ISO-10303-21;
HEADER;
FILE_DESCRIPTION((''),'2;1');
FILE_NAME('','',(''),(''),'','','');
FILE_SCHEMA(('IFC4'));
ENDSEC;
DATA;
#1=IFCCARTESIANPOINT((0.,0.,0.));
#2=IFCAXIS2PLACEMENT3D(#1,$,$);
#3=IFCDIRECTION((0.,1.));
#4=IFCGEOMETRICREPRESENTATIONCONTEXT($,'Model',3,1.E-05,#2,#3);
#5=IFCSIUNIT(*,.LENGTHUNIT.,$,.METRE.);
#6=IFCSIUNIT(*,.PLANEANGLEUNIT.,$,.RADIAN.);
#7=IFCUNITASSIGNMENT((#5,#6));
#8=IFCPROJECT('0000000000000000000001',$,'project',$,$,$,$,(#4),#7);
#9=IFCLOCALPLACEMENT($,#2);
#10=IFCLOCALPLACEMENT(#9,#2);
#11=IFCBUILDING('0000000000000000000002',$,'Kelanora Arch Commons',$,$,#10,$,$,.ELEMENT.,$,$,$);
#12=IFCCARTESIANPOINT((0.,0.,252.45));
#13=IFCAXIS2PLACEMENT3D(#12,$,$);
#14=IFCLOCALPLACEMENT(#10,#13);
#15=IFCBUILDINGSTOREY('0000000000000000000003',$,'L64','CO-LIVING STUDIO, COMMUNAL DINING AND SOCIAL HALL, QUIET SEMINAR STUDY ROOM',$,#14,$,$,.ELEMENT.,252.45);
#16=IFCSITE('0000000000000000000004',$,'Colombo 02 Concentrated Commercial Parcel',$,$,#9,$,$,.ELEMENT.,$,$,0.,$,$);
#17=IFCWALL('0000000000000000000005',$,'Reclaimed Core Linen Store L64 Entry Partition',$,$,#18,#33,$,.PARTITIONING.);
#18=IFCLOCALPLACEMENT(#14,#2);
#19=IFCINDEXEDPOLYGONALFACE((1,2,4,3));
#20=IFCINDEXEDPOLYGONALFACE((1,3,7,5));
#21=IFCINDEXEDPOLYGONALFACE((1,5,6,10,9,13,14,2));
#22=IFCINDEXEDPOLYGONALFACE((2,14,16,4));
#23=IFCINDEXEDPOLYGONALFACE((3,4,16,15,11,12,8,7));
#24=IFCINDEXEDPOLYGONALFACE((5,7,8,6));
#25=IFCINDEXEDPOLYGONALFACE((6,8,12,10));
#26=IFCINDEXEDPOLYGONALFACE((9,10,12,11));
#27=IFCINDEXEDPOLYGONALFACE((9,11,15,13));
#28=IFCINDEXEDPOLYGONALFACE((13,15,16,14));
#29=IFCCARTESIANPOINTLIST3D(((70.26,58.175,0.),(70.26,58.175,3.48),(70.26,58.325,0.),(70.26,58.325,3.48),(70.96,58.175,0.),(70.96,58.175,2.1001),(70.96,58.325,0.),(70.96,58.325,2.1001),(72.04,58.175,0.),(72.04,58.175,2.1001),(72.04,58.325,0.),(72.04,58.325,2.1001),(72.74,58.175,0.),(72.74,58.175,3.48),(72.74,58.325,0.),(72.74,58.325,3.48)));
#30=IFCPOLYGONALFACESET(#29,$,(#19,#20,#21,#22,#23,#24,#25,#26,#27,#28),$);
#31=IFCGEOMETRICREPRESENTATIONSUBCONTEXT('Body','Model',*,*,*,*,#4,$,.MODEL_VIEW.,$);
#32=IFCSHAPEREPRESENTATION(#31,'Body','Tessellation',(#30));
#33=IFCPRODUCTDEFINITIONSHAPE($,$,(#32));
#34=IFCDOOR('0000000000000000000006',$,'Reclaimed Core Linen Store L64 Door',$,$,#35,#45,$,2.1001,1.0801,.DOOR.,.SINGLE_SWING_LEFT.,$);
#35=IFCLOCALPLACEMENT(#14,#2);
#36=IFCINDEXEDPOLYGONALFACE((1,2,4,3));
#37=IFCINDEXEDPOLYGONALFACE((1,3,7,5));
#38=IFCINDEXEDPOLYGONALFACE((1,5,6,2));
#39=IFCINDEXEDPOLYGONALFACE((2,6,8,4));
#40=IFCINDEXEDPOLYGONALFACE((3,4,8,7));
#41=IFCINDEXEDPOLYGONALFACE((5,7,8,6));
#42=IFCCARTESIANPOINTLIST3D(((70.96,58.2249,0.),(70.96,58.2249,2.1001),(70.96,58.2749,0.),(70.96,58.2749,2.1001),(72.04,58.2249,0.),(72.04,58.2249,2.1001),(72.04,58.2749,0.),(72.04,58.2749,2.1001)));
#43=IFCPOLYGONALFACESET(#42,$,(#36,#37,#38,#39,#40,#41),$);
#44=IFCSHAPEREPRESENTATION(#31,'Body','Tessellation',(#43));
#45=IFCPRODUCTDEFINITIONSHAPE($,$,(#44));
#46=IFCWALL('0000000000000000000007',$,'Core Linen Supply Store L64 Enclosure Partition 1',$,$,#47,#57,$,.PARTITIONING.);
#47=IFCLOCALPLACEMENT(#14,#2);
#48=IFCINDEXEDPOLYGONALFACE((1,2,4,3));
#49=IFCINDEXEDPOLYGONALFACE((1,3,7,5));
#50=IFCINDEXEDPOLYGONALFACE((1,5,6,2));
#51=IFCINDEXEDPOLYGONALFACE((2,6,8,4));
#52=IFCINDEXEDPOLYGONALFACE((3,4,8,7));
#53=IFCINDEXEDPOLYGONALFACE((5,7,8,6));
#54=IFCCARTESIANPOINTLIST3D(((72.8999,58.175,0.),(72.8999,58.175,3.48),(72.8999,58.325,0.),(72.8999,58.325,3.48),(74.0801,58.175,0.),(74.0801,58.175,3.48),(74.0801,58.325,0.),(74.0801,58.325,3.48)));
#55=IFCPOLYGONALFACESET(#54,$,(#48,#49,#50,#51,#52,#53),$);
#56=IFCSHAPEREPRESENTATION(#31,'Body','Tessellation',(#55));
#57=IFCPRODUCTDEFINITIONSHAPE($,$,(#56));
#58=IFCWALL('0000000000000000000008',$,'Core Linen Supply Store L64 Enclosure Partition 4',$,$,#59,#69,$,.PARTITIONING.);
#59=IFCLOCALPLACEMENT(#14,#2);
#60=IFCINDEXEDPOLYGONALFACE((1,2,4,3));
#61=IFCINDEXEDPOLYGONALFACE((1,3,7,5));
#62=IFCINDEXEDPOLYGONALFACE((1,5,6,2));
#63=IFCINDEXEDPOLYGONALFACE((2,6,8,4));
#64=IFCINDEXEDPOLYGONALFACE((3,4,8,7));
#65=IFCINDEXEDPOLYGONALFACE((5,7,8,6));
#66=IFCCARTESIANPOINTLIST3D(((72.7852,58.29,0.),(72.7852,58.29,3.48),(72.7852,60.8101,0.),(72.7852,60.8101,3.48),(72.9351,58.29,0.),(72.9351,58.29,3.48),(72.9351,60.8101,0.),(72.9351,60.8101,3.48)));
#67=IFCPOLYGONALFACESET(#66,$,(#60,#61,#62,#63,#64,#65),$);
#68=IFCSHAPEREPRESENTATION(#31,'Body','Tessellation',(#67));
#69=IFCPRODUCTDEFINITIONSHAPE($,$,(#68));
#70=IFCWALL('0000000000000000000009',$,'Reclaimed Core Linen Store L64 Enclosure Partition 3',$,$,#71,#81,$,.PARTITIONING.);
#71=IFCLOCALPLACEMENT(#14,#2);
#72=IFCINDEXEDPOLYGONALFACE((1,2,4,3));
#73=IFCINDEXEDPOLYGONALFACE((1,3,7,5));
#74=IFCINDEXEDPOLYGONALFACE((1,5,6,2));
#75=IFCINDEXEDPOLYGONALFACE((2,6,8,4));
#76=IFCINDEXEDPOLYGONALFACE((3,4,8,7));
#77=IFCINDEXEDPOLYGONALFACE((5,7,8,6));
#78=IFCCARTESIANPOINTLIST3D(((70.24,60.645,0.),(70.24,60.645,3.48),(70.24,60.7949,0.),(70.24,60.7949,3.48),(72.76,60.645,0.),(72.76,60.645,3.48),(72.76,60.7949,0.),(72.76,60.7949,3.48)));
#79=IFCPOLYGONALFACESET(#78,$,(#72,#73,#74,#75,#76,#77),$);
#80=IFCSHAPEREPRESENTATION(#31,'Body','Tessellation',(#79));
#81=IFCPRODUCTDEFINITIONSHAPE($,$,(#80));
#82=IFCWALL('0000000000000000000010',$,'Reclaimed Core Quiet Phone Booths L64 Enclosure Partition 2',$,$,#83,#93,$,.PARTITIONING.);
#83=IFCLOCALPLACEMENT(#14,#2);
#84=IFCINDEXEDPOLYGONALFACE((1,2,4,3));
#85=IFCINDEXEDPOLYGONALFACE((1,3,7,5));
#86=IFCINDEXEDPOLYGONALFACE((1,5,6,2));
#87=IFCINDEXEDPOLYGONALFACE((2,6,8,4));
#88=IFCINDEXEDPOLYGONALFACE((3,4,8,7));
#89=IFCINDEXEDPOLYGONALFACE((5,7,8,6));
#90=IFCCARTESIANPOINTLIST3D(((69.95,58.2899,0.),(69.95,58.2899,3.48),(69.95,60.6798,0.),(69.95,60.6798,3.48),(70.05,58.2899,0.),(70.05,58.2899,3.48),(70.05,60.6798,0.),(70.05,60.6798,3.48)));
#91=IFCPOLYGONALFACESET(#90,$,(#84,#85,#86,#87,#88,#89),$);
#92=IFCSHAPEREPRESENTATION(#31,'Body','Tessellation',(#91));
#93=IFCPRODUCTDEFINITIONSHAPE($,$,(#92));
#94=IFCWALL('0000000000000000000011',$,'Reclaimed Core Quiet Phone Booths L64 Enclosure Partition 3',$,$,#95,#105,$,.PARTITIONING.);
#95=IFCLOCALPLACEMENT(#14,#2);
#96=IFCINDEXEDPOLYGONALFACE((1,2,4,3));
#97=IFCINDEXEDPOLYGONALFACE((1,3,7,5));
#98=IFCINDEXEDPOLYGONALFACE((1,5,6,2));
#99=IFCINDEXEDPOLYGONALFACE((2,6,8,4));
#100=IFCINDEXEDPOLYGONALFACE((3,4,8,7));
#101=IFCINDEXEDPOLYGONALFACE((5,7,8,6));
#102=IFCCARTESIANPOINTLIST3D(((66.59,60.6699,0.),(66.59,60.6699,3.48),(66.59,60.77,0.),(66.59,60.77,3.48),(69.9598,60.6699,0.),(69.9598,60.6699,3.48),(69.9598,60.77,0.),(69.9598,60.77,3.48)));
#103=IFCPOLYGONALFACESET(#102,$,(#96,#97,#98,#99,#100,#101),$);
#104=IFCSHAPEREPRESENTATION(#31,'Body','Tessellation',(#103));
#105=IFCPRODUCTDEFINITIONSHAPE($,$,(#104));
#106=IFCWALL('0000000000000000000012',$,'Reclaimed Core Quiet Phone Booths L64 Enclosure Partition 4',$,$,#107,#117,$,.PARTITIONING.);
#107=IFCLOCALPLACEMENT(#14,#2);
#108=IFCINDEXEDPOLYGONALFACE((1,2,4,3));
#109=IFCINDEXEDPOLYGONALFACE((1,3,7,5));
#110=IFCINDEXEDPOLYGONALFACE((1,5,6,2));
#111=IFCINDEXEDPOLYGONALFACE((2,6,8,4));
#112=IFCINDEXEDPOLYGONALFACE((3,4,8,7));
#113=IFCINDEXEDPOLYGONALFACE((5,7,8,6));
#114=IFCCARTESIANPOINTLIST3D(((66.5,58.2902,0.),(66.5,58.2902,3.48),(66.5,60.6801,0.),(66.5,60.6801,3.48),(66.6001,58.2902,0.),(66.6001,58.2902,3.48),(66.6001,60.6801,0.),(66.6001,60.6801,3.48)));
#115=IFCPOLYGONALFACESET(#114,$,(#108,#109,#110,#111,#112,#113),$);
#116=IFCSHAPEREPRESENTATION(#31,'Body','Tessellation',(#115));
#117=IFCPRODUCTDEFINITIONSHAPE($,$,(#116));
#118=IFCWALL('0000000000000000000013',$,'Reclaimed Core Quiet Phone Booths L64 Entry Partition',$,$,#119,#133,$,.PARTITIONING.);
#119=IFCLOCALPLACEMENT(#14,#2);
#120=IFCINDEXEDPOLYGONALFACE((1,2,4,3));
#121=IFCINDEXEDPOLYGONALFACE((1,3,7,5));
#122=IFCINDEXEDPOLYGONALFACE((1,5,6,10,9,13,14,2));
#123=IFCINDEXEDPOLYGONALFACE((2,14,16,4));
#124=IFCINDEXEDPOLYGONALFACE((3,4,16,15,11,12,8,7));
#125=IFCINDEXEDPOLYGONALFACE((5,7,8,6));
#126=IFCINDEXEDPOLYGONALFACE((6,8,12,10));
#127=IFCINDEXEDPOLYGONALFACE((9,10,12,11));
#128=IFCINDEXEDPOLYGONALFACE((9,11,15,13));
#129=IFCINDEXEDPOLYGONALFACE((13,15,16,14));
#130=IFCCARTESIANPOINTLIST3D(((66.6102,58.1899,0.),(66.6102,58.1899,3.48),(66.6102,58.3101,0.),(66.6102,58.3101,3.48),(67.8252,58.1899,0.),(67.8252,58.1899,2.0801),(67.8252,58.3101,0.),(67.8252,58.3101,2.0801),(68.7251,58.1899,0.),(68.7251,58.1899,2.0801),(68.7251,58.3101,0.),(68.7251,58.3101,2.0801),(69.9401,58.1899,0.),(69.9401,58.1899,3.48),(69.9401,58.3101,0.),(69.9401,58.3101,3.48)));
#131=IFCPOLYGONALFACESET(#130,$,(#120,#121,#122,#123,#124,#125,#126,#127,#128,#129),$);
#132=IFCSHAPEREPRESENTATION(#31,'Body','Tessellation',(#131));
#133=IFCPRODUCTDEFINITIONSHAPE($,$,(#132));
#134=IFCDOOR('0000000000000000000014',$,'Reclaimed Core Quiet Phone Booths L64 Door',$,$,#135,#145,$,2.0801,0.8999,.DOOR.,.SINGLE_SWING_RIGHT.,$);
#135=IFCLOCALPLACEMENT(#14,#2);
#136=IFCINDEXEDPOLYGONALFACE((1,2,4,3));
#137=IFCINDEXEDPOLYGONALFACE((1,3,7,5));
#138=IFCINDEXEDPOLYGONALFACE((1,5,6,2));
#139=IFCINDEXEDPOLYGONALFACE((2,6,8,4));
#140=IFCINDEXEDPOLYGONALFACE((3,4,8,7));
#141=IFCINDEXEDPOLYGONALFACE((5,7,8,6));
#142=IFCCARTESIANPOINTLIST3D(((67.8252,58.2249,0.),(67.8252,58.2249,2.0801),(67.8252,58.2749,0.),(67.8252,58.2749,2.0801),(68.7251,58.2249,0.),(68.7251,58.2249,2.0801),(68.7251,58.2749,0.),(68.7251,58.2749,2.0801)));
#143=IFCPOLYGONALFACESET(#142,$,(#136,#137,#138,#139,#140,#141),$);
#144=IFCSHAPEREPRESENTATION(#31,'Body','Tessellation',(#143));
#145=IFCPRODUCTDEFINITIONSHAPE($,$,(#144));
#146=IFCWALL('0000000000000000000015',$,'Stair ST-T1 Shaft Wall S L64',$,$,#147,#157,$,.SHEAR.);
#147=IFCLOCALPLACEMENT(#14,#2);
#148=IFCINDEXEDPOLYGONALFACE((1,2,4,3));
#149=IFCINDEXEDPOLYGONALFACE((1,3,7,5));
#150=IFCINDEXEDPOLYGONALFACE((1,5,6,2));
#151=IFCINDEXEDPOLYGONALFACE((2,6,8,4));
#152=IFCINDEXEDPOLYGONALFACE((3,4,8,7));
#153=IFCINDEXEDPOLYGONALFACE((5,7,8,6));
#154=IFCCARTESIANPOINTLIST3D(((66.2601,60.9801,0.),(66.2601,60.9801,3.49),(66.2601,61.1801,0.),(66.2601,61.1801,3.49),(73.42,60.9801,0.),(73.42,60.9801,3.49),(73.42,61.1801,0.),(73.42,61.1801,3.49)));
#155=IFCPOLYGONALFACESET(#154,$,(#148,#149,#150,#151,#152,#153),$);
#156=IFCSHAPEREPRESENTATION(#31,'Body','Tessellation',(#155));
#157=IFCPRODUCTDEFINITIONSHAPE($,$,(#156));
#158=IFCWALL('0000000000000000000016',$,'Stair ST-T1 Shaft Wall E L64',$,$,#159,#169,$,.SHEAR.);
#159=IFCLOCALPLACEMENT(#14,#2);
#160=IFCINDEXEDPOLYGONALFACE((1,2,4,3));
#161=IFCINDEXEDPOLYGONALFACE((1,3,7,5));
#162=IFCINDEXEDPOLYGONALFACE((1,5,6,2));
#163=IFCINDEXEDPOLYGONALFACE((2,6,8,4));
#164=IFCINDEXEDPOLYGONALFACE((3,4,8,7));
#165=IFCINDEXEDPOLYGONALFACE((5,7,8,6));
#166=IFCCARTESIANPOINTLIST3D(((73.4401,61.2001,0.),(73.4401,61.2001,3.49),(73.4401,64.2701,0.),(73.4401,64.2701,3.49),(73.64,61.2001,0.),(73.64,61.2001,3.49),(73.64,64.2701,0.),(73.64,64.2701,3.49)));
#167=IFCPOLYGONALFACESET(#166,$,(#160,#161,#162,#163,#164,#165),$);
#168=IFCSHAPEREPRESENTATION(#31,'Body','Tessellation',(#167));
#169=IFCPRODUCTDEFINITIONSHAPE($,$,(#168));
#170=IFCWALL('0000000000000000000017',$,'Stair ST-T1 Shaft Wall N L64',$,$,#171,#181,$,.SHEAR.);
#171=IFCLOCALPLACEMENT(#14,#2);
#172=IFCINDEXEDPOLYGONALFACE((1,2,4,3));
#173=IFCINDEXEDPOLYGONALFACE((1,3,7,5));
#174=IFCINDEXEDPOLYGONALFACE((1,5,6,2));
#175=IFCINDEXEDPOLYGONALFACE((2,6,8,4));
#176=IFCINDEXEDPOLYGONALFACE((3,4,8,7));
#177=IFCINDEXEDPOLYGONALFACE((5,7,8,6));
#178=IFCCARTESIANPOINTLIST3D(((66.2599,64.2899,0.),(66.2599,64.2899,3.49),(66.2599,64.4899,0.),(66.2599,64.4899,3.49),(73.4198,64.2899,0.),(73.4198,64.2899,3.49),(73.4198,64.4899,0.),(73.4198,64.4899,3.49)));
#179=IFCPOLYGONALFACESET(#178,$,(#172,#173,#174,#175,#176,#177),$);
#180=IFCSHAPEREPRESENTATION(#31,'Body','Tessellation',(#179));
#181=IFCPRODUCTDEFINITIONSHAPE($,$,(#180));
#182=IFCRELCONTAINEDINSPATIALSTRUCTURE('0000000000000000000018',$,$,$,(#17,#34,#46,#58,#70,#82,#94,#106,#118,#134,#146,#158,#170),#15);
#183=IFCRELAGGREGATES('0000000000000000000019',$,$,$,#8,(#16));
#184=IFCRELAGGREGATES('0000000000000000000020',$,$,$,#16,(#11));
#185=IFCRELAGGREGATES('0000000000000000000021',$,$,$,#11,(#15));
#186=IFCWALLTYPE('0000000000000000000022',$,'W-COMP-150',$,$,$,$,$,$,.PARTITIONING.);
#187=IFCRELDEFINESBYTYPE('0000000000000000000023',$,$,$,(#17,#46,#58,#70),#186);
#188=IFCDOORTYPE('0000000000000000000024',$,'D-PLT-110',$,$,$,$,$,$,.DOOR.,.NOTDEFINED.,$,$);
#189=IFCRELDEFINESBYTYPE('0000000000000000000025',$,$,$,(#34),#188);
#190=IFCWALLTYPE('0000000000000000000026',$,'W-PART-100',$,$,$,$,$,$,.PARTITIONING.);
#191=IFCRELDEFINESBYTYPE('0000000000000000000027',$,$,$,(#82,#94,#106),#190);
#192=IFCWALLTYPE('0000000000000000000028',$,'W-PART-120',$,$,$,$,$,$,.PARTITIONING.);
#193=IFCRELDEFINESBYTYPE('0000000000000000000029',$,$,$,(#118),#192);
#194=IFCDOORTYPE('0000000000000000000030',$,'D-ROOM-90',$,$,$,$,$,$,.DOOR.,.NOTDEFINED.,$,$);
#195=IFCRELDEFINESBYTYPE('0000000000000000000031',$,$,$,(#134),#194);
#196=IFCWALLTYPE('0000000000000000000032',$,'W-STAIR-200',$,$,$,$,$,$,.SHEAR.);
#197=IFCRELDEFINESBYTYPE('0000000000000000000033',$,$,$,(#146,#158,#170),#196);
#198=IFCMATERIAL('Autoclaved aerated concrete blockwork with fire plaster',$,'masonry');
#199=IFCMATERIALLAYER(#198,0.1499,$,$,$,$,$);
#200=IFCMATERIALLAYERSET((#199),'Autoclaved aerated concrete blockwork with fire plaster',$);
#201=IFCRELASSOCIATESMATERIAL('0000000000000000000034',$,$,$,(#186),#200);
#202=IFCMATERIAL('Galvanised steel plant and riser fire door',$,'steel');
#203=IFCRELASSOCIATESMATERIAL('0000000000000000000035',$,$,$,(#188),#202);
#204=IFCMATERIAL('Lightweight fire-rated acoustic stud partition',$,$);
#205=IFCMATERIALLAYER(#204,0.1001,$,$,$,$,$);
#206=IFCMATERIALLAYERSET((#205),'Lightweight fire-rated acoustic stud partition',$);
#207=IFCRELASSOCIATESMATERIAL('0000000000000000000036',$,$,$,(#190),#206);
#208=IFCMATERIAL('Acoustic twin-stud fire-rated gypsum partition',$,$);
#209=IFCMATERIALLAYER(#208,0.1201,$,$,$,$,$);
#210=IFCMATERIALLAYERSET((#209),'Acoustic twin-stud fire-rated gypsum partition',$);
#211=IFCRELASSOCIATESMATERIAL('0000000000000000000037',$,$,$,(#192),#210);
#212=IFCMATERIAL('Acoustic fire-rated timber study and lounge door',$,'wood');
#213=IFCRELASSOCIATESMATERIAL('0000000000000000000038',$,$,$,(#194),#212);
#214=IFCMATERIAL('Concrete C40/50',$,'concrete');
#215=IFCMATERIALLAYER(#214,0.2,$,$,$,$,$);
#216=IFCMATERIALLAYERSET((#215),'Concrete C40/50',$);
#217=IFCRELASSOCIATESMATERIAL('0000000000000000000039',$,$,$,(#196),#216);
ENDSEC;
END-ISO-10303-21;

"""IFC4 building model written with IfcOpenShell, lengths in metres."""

from ifc_helpers import new_model, si_unit, direction, frame, frame_2d, origin, place, context, subcontext, project, spatial, rectangle, extrude, material, layer, layer_set, type_object, element, fill, save


model = new_model("IFC4")

# Units and contexts
model_context = context("Model", 3, precision=1e-05, world=origin(), true_north=direction((0.0, 1.0)))
body_context = subcontext(model_context, "Body", "Model", "MODEL_VIEW")
ifc_project = project(units=[si_unit("LENGTHUNIT", "METRE"), si_unit("PLANEANGLEUNIT", "RADIAN")], contexts=[model_context])

# Site, building, storey
site_placement = place(None, origin())
site = spatial("IfcSite", under=ifc_project, at=site_placement, Name="Colombo 02 Concentrated Commercial Parcel", CompositionType="ELEMENT", RefElevation=0.0)
building_placement = place(site_placement, origin())
building = spatial("IfcBuilding", under=site, at=building_placement, Name="Kelanora Arch Commons", CompositionType="ELEMENT")
storey_placement = place(building_placement, frame((0.0, 0.0, 252.45)))
storey = spatial("IfcBuildingStorey", under=building, at=storey_placement, Name="L64", Description="CO-LIVING STUDIO, COMMUNAL DINING AND SOCIAL HALL, QUIET SEMINAR STUDY ROOM", CompositionType="ELEMENT", Elevation=252.45)

# Wall, opening, door
ifc_material_1 = material(Name="Autoclaved aerated concrete blockwork with fire plaster", Category="masonry")
ifc_layer_1 = layer(ifc_material_1, 0.1499)
ifc_layer_set_1 = layer_set([ifc_layer_1], Name="Autoclaved aerated concrete blockwork with fire plaster")
wall_type_1 = type_object("IfcWallType", Name="W-COMP-150", PredefinedType="PARTITIONING", material=ifc_layer_set_1)
wall_1_placement = place(storey_placement, frame((70.26, 58.25, 0.0), z_axis=(0.0, 0.0, 1.0), x_axis=(1.0, 0.0, 0.0)))
wall_1 = element("IfcWall", 1, at=wall_1_placement, inside=storey, type_object=wall_type_1, Name="Reclaimed Core Linen Store L64 Entry Partition", PredefinedType="PARTITIONING", context=body_context, shape_type="SweptSolid", body=[
    extrude(rectangle(XDim=2.48, YDim=0.1499, at=frame_2d((1.24, 0.0))), origin(), (0.0, 0.0, 1.0), 3.48),
])
opening_1_placement = place(wall_1_placement, frame((0.7, 0.0, 0.0)))
opening_1 = element("IfcOpeningElement", 2, at=opening_1_placement, cuts=wall_1, PredefinedType="OPENING", context=body_context, shape_type="SweptSolid", body=[
    extrude(rectangle(XDim=1.0801, YDim=2.1001, at=frame_2d((0.54, 1.05))), frame((0.0, 0.085, 0.0), z_axis=(0.0, -1.0, 0.0), x_axis=(1.0, 0.0, 0.0)), (0.0, 0.0, 1.0), 0.1699),
])
ifc_material_2 = material(Name="Galvanised steel plant and riser fire door", Category="steel")
door_type_1 = type_object("IfcDoorType", Name="D-PLT-110", OperationType="NOTDEFINED", PredefinedType="DOOR", material=ifc_material_2)
door_1_placement = place(opening_1_placement, origin())
door_1 = element("IfcDoor", 3, at=door_1_placement, inside=storey, type_object=door_type_1, Name="Reclaimed Core Linen Store L64 Door", OperationType="SINGLE_SWING_LEFT", OverallHeight=2.1001, OverallWidth=1.0801, PredefinedType="DOOR", context=body_context, shape_type="SweptSolid", body=[
    extrude(rectangle(XDim=1.0801, YDim=2.1001, at=frame_2d((0.54, 1.05))), frame((0.0, 0.0249, 0.0), z_axis=(0.0, -1.0, 0.0), x_axis=(1.0, 0.0, 0.0)), (0.0, 0.0, 1.0), 0.05),
])
fill(opening_1, door_1)

# Walls
wall_2_placement = place(storey_placement, frame((72.8999, 58.25, 0.0), z_axis=(0.0, 0.0, 1.0), x_axis=(1.0, 0.0, 0.0)))
element("IfcWall", 4, at=wall_2_placement, inside=storey, type_object=wall_type_1, Name="Core Linen Supply Store L64 Enclosure Partition 1", PredefinedType="PARTITIONING", context=body_context, shape_type="SweptSolid", body=[
    extrude(rectangle(XDim=1.1802, YDim=0.1499, at=frame_2d((0.5901, 0.0))), origin(), (0.0, 0.0, 1.0), 3.48),
])
for number, where, z_axis, x_axis, name in (
    (5, (72.8601, 60.8101, 0.0), (0.0, 0.0, 1.0), (0.0, -1.0, 0.0), "Core Linen Supply Store L64 Enclosure Partition 4"),
    (6, (72.76, 60.72, 0.0), (0.0, 0.0, 1.0), (-1.0, 0.0, 0.0), "Reclaimed Core Linen Store L64 Enclosure Partition 3"),
):
    element("IfcWall", number, at=place(storey_placement, frame(where, z_axis=z_axis, x_axis=x_axis)), inside=storey, type_object=wall_type_1, Name=name, PredefinedType="PARTITIONING", context=body_context, shape_type="SweptSolid", body=[
        extrude(rectangle(XDim=2.52, YDim=0.1499, at=frame_2d((1.26, 0.0))), origin(), (0.0, 0.0, 1.0), 3.48),
    ])
ifc_material_3 = material(Name="Lightweight fire-rated acoustic stud partition")
ifc_layer_2 = layer(ifc_material_3, 0.1001)
ifc_layer_set_2 = layer_set([ifc_layer_2], Name="Lightweight fire-rated acoustic stud partition")
wall_type_2 = type_object("IfcWallType", Name="W-PART-100", PredefinedType="PARTITIONING", material=ifc_layer_set_2)
wall_3_placement = place(storey_placement, frame((70.0, 58.29, 0.0), z_axis=(0.0, 0.0, 1.0), x_axis=(0.0, 1.0, 0.0)))
element("IfcWall", 7, at=wall_3_placement, inside=storey, type_object=wall_type_2, Name="Reclaimed Core Quiet Phone Booths L64 Enclosure Partition 2", PredefinedType="PARTITIONING", context=body_context, shape_type="SweptSolid", body=[
    extrude(rectangle(XDim=2.3899, YDim=0.1001, at=frame_2d((1.1948, 0.0))), origin(), (0.0, 0.0, 1.0), 3.48),
])
wall_4_placement = place(storey_placement, frame((69.96, 60.72, 0.0), z_axis=(0.0, 0.0, 1.0), x_axis=(-1.0, 0.0, 0.0)))
element("IfcWall", 8, at=wall_4_placement, inside=storey, type_object=wall_type_2, Name="Reclaimed Core Quiet Phone Booths L64 Enclosure Partition 3", PredefinedType="PARTITIONING", context=body_context, shape_type="SweptSolid", body=[
    extrude(rectangle(XDim=3.3699, YDim=0.1001, at=frame_2d((1.6851, 0.0))), origin(), (0.0, 0.0, 1.0), 3.48),
])
wall_5_placement = place(storey_placement, frame((66.55, 60.6799, 0.0), z_axis=(0.0, 0.0, 1.0), x_axis=(0.0, -1.0, 0.0)))
element("IfcWall", 9, at=wall_5_placement, inside=storey, type_object=wall_type_2, Name="Reclaimed Core Quiet Phone Booths L64 Enclosure Partition 4", PredefinedType="PARTITIONING", context=body_context, shape_type="SweptSolid", body=[
    extrude(rectangle(XDim=2.3899, YDim=0.1001, at=frame_2d((1.1948, 0.0))), origin(), (0.0, 0.0, 1.0), 3.48),
])

# Wall, opening, door
ifc_material_4 = material(Name="Acoustic twin-stud fire-rated gypsum partition")
ifc_layer_3 = layer(ifc_material_4, 0.1201)
ifc_layer_set_3 = layer_set([ifc_layer_3], Name="Acoustic twin-stud fire-rated gypsum partition")
wall_type_3 = type_object("IfcWallType", Name="W-PART-120", PredefinedType="PARTITIONING", material=ifc_layer_set_3)
wall_6_placement = place(storey_placement, frame((66.6101, 58.25, 0.0), z_axis=(0.0, 0.0, 1.0), x_axis=(1.0, 0.0, 0.0)))
wall_6 = element("IfcWall", 10, at=wall_6_placement, inside=storey, type_object=wall_type_3, Name="Reclaimed Core Quiet Phone Booths L64 Entry Partition", PredefinedType="PARTITIONING", context=body_context, shape_type="SweptSolid", body=[
    extrude(rectangle(XDim=3.3298, YDim=0.1201, at=frame_2d((1.665, 0.0))), origin(), (0.0, 0.0, 1.0), 3.48),
])
opening_2_placement = place(wall_6_placement, frame((1.2151, 0.0, 0.0)))
opening_2 = element("IfcOpeningElement", 11, at=opening_2_placement, cuts=wall_6, PredefinedType="OPENING", context=body_context, shape_type="SweptSolid", body=[
    extrude(rectangle(XDim=0.8999, YDim=2.0801, at=frame_2d((0.45, 1.04))), frame((0.0, 0.0701, 0.0), z_axis=(0.0, -1.0, 0.0), x_axis=(1.0, 0.0, 0.0)), (0.0, 0.0, 1.0), 0.1401),
])
ifc_material_5 = material(Name="Acoustic fire-rated timber study and lounge door", Category="wood")
door_type_2 = type_object("IfcDoorType", Name="D-ROOM-90", OperationType="NOTDEFINED", PredefinedType="DOOR", material=ifc_material_5)
door_2_placement = place(opening_2_placement, origin())
door_2 = element("IfcDoor", 12, at=door_2_placement, inside=storey, type_object=door_type_2, Name="Reclaimed Core Quiet Phone Booths L64 Door", OperationType="SINGLE_SWING_RIGHT", OverallHeight=2.0801, OverallWidth=0.8999, PredefinedType="DOOR", context=body_context, shape_type="SweptSolid", body=[
    extrude(rectangle(XDim=0.8999, YDim=2.0801, at=frame_2d((0.45, 1.04))), frame((0.0, 0.0249, 0.0), z_axis=(0.0, -1.0, 0.0), x_axis=(1.0, 0.0, 0.0)), (0.0, 0.0, 1.0), 0.05),
])
fill(opening_2, door_2)

# Walls
ifc_material_6 = material(Name="Concrete C40/50", Category="concrete")
ifc_layer_4 = layer(ifc_material_6, 0.2)
ifc_layer_set_4 = layer_set([ifc_layer_4], Name="Concrete C40/50")
wall_type_4 = type_object("IfcWallType", Name="W-STAIR-200", PredefinedType="SHEAR", material=ifc_layer_set_4)
wall_7_placement = place(storey_placement, frame((66.26, 61.0801, 0.0), z_axis=(0.0, 0.0, 1.0), x_axis=(1.0, 0.0, 0.0)))
element("IfcWall", 13, at=wall_7_placement, inside=storey, type_object=wall_type_4, Name="Stair ST-T1 Shaft Wall S L64", PredefinedType="SHEAR", context=body_context, shape_type="SweptSolid", body=[
    extrude(rectangle(XDim=7.1599, YDim=0.2, at=frame_2d((3.5801, 0.0))), origin(), (0.0, 0.0, 1.0), 3.49),
])
wall_8_placement = place(storey_placement, frame((73.54, 61.2, 0.0), z_axis=(0.0, 0.0, 1.0), x_axis=(0.0, 1.0, 0.0)))
element("IfcWall", 14, at=wall_8_placement, inside=storey, type_object=wall_type_4, Name="Stair ST-T1 Shaft Wall E L64", PredefinedType="SHEAR", context=body_context, shape_type="SweptSolid", body=[
    extrude(rectangle(XDim=3.0701, YDim=0.2, at=frame_2d((1.5352, 0.0))), origin(), (0.0, 0.0, 1.0), 3.49),
])
wall_9_placement = place(storey_placement, frame((73.4199, 64.3899, 0.0), z_axis=(0.0, 0.0, 1.0), x_axis=(-1.0, 0.0, 0.0)))
element("IfcWall", 15, at=wall_9_placement, inside=storey, type_object=wall_type_4, Name="Stair ST-T1 Shaft Wall N L64", PredefinedType="SHEAR", context=body_context, shape_type="SweptSolid", body=[
    extrude(rectangle(XDim=7.1599, YDim=0.2, at=frame_2d((3.5801, 0.0))), origin(), (0.0, 0.0, 1.0), 3.49),
])

save(model, "model.ifc")
